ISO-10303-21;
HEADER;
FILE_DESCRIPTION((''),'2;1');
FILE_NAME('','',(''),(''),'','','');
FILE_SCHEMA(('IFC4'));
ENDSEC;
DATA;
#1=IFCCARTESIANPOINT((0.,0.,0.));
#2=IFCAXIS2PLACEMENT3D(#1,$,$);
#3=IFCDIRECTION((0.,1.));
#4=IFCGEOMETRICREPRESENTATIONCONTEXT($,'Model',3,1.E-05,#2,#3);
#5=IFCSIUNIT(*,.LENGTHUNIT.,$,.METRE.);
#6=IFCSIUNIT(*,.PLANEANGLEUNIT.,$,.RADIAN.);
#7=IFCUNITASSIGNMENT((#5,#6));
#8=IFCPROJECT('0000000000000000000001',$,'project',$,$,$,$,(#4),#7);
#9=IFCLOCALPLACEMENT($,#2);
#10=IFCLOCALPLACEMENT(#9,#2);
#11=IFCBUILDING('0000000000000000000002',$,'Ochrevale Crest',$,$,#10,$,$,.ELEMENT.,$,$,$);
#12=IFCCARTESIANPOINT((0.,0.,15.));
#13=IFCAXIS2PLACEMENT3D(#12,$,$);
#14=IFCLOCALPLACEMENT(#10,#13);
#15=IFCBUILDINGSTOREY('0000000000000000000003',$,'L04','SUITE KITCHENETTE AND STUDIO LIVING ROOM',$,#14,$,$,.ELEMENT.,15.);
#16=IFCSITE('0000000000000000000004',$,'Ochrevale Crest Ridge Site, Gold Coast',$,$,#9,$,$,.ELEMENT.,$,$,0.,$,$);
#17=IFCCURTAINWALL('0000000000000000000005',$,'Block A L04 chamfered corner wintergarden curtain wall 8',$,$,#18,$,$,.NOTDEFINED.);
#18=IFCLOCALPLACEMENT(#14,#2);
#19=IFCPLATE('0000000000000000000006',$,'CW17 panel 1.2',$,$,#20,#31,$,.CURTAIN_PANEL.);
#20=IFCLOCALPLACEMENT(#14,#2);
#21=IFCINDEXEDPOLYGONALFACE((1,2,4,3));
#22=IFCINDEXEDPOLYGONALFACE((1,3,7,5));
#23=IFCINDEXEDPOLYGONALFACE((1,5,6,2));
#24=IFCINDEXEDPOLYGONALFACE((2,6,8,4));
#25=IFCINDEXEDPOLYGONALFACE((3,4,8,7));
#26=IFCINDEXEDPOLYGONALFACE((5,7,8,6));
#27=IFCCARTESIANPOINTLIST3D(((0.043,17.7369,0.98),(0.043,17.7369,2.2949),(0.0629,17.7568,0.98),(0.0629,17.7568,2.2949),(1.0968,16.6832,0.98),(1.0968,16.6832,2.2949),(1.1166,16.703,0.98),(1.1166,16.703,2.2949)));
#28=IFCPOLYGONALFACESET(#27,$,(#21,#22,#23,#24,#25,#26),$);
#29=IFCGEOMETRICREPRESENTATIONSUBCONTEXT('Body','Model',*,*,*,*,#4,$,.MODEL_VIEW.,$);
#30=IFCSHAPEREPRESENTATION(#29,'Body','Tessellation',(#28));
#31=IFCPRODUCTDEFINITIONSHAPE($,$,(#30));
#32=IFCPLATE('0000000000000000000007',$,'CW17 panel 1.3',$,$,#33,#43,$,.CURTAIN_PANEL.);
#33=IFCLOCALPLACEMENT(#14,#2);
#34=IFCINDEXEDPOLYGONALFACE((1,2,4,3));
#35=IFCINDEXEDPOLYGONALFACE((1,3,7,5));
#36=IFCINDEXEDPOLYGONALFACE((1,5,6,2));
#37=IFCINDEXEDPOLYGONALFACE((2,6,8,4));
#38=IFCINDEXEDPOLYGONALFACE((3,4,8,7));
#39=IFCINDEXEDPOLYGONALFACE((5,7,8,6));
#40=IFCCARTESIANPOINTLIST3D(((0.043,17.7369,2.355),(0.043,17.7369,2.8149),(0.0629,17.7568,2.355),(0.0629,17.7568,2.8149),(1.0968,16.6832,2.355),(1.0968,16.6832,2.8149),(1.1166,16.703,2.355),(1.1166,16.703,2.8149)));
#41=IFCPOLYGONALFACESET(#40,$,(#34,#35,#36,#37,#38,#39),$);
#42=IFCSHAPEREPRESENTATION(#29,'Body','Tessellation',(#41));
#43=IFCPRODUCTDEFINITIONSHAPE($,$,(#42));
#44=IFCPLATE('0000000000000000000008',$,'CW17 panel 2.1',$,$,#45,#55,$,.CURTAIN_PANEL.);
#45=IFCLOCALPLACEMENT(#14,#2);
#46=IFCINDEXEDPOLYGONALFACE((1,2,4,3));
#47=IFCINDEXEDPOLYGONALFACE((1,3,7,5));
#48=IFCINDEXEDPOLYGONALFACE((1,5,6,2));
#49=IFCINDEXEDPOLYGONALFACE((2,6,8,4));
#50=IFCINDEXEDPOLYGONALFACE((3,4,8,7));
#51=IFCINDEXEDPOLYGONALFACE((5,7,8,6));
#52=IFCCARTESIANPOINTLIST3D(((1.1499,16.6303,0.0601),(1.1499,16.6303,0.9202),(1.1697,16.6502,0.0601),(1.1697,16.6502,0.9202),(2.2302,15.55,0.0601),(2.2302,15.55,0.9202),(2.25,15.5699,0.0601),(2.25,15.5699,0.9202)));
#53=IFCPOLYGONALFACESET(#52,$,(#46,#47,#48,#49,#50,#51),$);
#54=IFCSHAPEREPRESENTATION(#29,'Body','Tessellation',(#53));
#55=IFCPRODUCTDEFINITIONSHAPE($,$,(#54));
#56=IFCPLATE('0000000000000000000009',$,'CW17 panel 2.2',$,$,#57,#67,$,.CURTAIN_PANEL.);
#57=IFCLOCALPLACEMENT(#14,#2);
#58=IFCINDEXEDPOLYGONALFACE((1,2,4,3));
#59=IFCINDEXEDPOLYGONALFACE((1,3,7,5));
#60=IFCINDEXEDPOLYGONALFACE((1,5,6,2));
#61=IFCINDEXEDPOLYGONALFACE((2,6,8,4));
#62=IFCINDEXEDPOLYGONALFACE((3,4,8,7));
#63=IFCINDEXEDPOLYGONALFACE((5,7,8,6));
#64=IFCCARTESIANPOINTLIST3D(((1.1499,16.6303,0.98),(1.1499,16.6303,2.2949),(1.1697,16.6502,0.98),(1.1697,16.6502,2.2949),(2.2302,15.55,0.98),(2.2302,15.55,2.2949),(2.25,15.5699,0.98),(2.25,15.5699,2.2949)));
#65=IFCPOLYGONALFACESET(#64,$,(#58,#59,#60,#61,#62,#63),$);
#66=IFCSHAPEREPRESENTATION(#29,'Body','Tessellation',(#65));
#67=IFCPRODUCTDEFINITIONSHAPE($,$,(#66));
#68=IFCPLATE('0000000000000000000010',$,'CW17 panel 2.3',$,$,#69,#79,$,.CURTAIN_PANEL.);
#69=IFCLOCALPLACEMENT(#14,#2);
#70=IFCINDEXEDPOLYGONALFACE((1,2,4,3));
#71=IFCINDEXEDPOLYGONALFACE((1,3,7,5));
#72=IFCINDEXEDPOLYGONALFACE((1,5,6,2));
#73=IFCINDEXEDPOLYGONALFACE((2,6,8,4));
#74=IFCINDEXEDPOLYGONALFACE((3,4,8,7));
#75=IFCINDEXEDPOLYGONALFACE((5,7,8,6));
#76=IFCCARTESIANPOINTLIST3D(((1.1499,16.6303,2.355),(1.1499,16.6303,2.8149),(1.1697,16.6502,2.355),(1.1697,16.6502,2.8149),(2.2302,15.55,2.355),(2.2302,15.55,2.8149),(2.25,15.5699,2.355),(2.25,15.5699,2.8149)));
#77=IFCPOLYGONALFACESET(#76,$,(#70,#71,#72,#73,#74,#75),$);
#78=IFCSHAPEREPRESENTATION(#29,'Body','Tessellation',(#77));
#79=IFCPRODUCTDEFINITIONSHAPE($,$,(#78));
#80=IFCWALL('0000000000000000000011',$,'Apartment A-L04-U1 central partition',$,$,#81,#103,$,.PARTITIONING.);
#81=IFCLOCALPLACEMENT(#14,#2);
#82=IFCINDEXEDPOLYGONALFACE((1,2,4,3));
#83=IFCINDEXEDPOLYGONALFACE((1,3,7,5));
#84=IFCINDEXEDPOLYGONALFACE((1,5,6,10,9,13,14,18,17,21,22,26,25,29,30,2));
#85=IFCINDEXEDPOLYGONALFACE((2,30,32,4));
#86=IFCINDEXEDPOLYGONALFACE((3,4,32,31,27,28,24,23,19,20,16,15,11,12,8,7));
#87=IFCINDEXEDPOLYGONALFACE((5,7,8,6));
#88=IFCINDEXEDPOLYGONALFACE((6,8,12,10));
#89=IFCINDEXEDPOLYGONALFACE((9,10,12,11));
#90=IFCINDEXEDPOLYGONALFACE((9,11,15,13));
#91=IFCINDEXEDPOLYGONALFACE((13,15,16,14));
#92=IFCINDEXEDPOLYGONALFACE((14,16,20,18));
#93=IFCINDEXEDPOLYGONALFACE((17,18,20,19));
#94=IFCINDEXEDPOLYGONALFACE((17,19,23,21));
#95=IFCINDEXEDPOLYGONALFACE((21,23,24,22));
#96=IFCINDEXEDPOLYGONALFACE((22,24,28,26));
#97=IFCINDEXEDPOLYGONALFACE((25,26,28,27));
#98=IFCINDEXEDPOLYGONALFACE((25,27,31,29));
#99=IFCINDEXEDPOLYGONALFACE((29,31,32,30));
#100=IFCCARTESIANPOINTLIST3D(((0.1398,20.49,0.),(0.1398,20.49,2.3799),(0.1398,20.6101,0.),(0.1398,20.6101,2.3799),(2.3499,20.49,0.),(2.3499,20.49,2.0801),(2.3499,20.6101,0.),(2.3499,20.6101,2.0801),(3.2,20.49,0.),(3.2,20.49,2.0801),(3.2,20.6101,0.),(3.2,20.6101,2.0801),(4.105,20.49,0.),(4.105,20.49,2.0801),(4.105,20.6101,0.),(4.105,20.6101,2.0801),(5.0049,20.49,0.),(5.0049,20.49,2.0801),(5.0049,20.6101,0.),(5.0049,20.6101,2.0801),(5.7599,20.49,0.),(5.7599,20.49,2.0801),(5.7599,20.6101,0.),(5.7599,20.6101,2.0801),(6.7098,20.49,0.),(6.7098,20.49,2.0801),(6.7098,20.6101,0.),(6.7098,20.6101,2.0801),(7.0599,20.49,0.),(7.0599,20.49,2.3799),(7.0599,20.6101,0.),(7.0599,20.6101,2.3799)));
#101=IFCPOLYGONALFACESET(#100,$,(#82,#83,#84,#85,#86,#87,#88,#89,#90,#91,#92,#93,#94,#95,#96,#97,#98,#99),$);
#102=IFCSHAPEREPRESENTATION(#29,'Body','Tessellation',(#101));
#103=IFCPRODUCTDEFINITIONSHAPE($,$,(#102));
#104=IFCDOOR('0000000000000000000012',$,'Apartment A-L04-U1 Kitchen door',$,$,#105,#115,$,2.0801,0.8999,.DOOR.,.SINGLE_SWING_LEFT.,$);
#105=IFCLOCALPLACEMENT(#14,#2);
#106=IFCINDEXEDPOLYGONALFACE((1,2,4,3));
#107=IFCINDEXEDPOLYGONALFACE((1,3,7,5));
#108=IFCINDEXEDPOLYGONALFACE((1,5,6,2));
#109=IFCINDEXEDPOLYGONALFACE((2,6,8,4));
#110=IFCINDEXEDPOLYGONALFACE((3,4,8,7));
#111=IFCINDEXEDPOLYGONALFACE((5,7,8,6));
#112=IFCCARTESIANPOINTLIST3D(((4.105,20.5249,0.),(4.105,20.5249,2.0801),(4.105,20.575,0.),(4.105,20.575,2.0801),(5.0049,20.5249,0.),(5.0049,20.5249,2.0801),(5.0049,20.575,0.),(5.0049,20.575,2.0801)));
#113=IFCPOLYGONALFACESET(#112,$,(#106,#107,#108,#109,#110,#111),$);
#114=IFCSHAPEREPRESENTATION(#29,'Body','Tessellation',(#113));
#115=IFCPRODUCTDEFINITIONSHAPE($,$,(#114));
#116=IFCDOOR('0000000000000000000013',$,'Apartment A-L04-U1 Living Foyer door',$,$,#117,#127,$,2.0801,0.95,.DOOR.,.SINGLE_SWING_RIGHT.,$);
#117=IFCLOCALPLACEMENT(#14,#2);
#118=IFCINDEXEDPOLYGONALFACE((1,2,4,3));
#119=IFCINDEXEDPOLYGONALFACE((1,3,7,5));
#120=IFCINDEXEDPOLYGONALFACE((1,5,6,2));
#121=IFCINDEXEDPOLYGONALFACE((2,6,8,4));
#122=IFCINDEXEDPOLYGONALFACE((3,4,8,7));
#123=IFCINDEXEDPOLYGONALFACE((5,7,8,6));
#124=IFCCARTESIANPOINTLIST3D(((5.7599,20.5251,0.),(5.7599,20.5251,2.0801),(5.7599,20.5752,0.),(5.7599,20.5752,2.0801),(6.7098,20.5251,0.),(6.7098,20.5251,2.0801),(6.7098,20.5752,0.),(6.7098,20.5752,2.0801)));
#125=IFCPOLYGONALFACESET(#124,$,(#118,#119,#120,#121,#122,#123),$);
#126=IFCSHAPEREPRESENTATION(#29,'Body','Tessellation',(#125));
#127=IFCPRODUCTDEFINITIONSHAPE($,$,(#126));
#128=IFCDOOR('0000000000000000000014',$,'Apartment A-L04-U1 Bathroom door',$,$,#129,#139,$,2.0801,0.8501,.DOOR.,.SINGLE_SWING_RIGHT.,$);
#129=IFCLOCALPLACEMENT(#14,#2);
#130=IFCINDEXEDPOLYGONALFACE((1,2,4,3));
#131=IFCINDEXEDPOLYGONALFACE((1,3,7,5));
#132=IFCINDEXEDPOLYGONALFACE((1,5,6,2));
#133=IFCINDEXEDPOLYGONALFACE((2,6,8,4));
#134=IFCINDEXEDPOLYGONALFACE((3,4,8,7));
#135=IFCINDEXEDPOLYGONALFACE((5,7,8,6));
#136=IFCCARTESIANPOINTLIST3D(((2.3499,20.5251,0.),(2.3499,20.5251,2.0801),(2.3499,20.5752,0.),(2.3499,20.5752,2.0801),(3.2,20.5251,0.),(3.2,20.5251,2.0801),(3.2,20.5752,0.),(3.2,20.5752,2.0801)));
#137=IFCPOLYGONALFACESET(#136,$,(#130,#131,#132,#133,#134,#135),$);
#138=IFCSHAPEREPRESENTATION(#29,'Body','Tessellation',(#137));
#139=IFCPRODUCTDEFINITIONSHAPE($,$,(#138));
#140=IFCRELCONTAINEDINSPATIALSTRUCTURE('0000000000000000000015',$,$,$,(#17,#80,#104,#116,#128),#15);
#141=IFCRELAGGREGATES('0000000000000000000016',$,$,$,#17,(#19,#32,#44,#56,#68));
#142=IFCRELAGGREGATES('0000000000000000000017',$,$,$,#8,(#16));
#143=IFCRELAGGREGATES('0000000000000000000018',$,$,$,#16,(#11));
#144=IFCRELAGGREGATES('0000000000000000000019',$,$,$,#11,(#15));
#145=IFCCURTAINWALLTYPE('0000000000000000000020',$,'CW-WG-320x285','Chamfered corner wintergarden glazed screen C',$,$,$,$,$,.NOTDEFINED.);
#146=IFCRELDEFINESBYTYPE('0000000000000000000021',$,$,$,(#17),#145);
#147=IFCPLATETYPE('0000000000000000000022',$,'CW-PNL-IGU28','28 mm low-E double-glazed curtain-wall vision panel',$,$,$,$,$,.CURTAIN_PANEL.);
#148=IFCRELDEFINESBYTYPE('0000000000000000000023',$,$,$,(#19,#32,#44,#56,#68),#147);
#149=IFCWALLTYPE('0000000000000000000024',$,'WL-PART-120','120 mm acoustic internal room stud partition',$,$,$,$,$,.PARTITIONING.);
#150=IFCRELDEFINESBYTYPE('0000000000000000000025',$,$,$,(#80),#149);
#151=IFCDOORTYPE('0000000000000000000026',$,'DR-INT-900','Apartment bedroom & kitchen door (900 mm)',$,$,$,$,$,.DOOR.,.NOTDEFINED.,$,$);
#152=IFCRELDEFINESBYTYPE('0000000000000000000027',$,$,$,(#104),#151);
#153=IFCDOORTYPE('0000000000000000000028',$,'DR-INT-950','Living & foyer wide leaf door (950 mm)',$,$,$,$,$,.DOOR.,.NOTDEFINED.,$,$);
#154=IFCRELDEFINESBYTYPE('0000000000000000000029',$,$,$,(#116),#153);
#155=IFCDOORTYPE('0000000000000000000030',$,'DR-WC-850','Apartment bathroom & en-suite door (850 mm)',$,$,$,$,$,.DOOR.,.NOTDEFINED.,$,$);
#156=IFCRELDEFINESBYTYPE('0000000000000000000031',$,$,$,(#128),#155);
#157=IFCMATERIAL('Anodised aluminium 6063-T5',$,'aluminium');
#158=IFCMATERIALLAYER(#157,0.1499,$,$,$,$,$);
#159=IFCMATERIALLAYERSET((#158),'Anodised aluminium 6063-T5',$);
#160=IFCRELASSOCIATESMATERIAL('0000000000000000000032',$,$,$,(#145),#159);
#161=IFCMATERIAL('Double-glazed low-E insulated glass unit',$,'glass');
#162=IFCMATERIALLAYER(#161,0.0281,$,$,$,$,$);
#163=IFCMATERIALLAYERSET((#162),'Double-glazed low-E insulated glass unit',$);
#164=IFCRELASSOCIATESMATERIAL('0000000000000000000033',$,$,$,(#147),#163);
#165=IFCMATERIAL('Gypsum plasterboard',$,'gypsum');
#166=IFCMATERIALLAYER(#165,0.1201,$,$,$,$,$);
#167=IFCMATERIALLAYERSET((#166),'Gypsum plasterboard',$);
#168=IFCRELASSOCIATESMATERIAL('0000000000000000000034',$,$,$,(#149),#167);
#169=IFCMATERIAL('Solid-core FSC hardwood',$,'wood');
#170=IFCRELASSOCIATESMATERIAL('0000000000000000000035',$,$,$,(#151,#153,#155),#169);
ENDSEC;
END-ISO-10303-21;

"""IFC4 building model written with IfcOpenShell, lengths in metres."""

from ifc_helpers import new_model, si_unit, direction, frame, frame_2d, origin, origin_2d, place, context, subcontext, project, spatial, rectangle, extrude, material, layer, layer_set, type_object, element, fill, aggregate, save


model = new_model("IFC4")

# Units and contexts
model_context = context("Model", 3, precision=1e-05, world=origin(), true_north=direction((0.0, 1.0)))
body_context = subcontext(model_context, "Body", "Model", "MODEL_VIEW")
ifc_project = project(units=[si_unit("LENGTHUNIT", "METRE"), si_unit("PLANEANGLEUNIT", "RADIAN")], contexts=[model_context])

# Site, building, storey
site_placement = place(None, origin())
site = spatial("IfcSite", under=ifc_project, at=site_placement, Name="Ochrevale Crest Ridge Site, Gold Coast", CompositionType="ELEMENT", RefElevation=0.0)
building_placement = place(site_placement, origin())
building = spatial("IfcBuilding", under=site, at=building_placement, Name="Ochrevale Crest", CompositionType="ELEMENT")
storey_placement = place(building_placement, frame((0.0, 0.0, 15.0)))
storey = spatial("IfcBuildingStorey", under=building, at=storey_placement, Name="L04", Description="SUITE KITCHENETTE AND STUDIO LIVING ROOM", CompositionType="ELEMENT", Elevation=15.0)

# Curtain wall, plates
ifc_material_1 = material(Name="Anodised aluminium 6063-T5", Category="aluminium")
ifc_layer_1 = layer(ifc_material_1, 0.1499)
ifc_layer_set_1 = layer_set([ifc_layer_1], Name="Anodised aluminium 6063-T5")
curtain_wall_type = type_object("IfcCurtainWallType", Name="CW-WG-320x285", Description="Chamfered corner wintergarden glazed screen C", PredefinedType="NOTDEFINED", material=ifc_layer_set_1)
curtain_wall_placement = place(storey_placement, origin())
curtain_wall = element("IfcCurtainWall", 1, at=curtain_wall_placement, inside=storey, type_object=curtain_wall_type, Name="Block A L04 chamfered corner wintergarden curtain wall 8", PredefinedType="NOTDEFINED")
ifc_material_2 = material(Name="Double-glazed low-E insulated glass unit", Category="glass")
ifc_layer_2 = layer(ifc_material_2, 0.0281)
ifc_layer_set_2 = layer_set([ifc_layer_2], Name="Double-glazed low-E insulated glass unit")
plate_type = type_object("IfcPlateType", Name="CW-PNL-IGU28", Description="28 mm low-E double-glazed curtain-wall vision panel", PredefinedType="CURTAIN_PANEL", material=ifc_layer_set_2)
plate_1_placement = place(storey_placement, frame((0.5798, 17.22, 0.98), z_axis=(0.0, 0.0, 1.0), x_axis=(0.707107, -0.707107, 0.0)))
plate_1 = element("IfcPlate", 2, at=plate_1_placement, type_object=plate_type, Name="CW17 panel 1.2", PredefinedType="CURTAIN_PANEL", context=body_context, shape_type="SweptSolid", body=[
    extrude(rectangle(XDim=1.4902, YDim=0.0281, at=origin_2d()), origin(), (0.0, 0.0, 1.0), 1.3149),
])
plate_2_placement = place(storey_placement, frame((0.5798, 17.22, 2.355), z_axis=(0.0, 0.0, 1.0), x_axis=(0.707107, -0.707107, 0.0)))
plate_2 = element("IfcPlate", 3, at=plate_2_placement, type_object=plate_type, Name="CW17 panel 1.3", PredefinedType="CURTAIN_PANEL", context=body_context, shape_type="SweptSolid", body=[
    extrude(rectangle(XDim=1.4902, YDim=0.0281, at=origin_2d()), origin(), (0.0, 0.0, 1.0), 0.46),
])
plate_3_placement = place(storey_placement, frame((1.7, 16.1001, 0.0601), z_axis=(0.0, 0.0, 1.0), x_axis=(0.707107, -0.707107, 0.0)))
plate_3 = element("IfcPlate", 4, at=plate_3_placement, type_object=plate_type, Name="CW17 panel 2.1", PredefinedType="CURTAIN_PANEL", context=body_context, shape_type="SweptSolid", body=[
    extrude(rectangle(XDim=1.5278, YDim=0.0281, at=origin_2d()), origin(), (0.0, 0.0, 1.0), 0.8601),
])
plate_4_placement = place(storey_placement, frame((1.7, 16.1001, 0.98), z_axis=(0.0, 0.0, 1.0), x_axis=(0.707107, -0.707107, 0.0)))
plate_4 = element("IfcPlate", 5, at=plate_4_placement, type_object=plate_type, Name="CW17 panel 2.2", PredefinedType="CURTAIN_PANEL", context=body_context, shape_type="SweptSolid", body=[
    extrude(rectangle(XDim=1.5278, YDim=0.0281, at=origin_2d()), origin(), (0.0, 0.0, 1.0), 1.3149),
])
plate_5_placement = place(storey_placement, frame((1.7, 16.1001, 2.355), z_axis=(0.0, 0.0, 1.0), x_axis=(0.707107, -0.707107, 0.0)))
plate_5 = element("IfcPlate", 6, at=plate_5_placement, type_object=plate_type, Name="CW17 panel 2.3", PredefinedType="CURTAIN_PANEL", context=body_context, shape_type="SweptSolid", body=[
    extrude(rectangle(XDim=1.5278, YDim=0.0281, at=origin_2d()), origin(), (0.0, 0.0, 1.0), 0.46),
])
aggregate(curtain_wall, [plate_1, plate_2, plate_3, plate_4, plate_5])

# Wall, openings, doors
ifc_material_3 = material(Name="Gypsum plasterboard", Category="gypsum")
ifc_layer_3 = layer(ifc_material_3, 0.1201)
ifc_layer_set_3 = layer_set([ifc_layer_3], Name="Gypsum plasterboard")
wall_type = type_object("IfcWallType", Name="WL-PART-120", Description="120 mm acoustic internal room stud partition", PredefinedType="PARTITIONING", material=ifc_layer_set_3)
wall_placement = place(storey_placement, frame((0.1399, 20.55, 0.0), z_axis=(0.0, 0.0, 1.0), x_axis=(1.0, 0.0, 0.0)))
wall = element("IfcWall", 7, at=wall_placement, inside=storey, type_object=wall_type, Name="Apartment A-L04-U1 central partition", PredefinedType="PARTITIONING", context=body_context, shape_type="SweptSolid", body=[
    extrude(rectangle(XDim=6.9202, YDim=0.1201, at=frame_2d((3.46, 0.0))), origin(), (0.0, 0.0, 1.0), 2.3799),
])
opening_1_placement = place(wall_placement, frame((3.0601, 0.0, 0.0), z_axis=(0.0, 0.0, 1.0), x_axis=(-1.0, 0.0, 0.0)))
opening_1 = element("IfcOpeningElement", 8, at=opening_1_placement, cuts=wall, PredefinedType="OPENING", context=body_context, shape_type="SweptSolid", body=[
    extrude(rectangle(XDim=0.8501, YDim=2.0801, at=frame_2d((0.425, 1.04))), frame((0.0, 0.0701, 0.0), z_axis=(0.0, -1.0, 0.0), x_axis=(1.0, 0.0, 0.0)), (0.0, 0.0, 1.0), 0.1401),
])
opening_2_placement = place(wall_placement, frame((3.9651, 0.0, 0.0)))
opening_2 = element("IfcOpeningElement", 9, at=opening_2_placement, cuts=wall, PredefinedType="OPENING", context=body_context, shape_type="SweptSolid", body=[
    extrude(rectangle(XDim=0.8999, YDim=2.0801, at=frame_2d((0.45, 1.04))), frame((0.0, 0.0701, 0.0), z_axis=(0.0, -1.0, 0.0), x_axis=(1.0, 0.0, 0.0)), (0.0, 0.0, 1.0), 0.1401),
])
opening_3_placement = place(wall_placement, frame((6.5701, 0.0, 0.0), z_axis=(0.0, 0.0, 1.0), x_axis=(-1.0, 0.0, 0.0)))
opening_3 = element("IfcOpeningElement", 10, at=opening_3_placement, cuts=wall, PredefinedType="OPENING", context=body_context, shape_type="SweptSolid", body=[
    extrude(rectangle(XDim=0.95, YDim=2.0801, at=frame_2d((0.4751, 1.04))), frame((0.0, 0.0701, 0.0), z_axis=(0.0, -1.0, 0.0), x_axis=(1.0, 0.0, 0.0)), (0.0, 0.0, 1.0), 0.1401),
])
ifc_material_4 = material(Name="Solid-core FSC hardwood", Category="wood")
door_type_1 = type_object("IfcDoorType", Name="DR-INT-900", Description="Apartment bedroom & kitchen door (900 mm)", OperationType="NOTDEFINED", PredefinedType="DOOR", material=ifc_material_4)
door_1_placement = place(opening_2_placement, origin())
door_1 = element("IfcDoor", 11, at=door_1_placement, inside=storey, type_object=door_type_1, Name="Apartment A-L04-U1 Kitchen door", OperationType="SINGLE_SWING_LEFT", OverallHeight=2.0801, OverallWidth=0.8999, PredefinedType="DOOR", context=body_context, shape_type="SweptSolid", body=[
    extrude(rectangle(XDim=0.8999, YDim=2.0801, at=frame_2d((0.45, 1.04))), frame((0.0, 0.0249, 0.0), z_axis=(0.0, -1.0, 0.0), x_axis=(1.0, 0.0, 0.0)), (0.0, 0.0, 1.0), 0.05),
])
fill(opening_2, door_1)
door_type_2 = type_object("IfcDoorType", Name="DR-INT-950", Description="Living & foyer wide leaf door (950 mm)", OperationType="NOTDEFINED", PredefinedType="DOOR", material=ifc_material_4)
door_2_placement = place(opening_3_placement, origin())
door_2 = element("IfcDoor", 12, at=door_2_placement, inside=storey, type_object=door_type_2, Name="Apartment A-L04-U1 Living Foyer door", OperationType="SINGLE_SWING_RIGHT", OverallHeight=2.0801, OverallWidth=0.95, PredefinedType="DOOR", context=body_context, shape_type="SweptSolid", body=[
    extrude(rectangle(XDim=0.95, YDim=2.0801, at=frame_2d((0.4751, 1.04))), frame((0.0, 0.0249, 0.0), z_axis=(0.0, -1.0, 0.0), x_axis=(1.0, 0.0, 0.0)), (0.0, 0.0, 1.0), 0.05),
])
fill(opening_3, door_2)
door_type_3 = type_object("IfcDoorType", Name="DR-WC-850", Description="Apartment bathroom & en-suite door (850 mm)", OperationType="NOTDEFINED", PredefinedType="DOOR", material=ifc_material_4)
door_3_placement = place(opening_1_placement, origin())
door_3 = element("IfcDoor", 13, at=door_3_placement, inside=storey, type_object=door_type_3, Name="Apartment A-L04-U1 Bathroom door", OperationType="SINGLE_SWING_RIGHT", OverallHeight=2.0801, OverallWidth=0.8501, PredefinedType="DOOR", context=body_context, shape_type="SweptSolid", body=[
    extrude(rectangle(XDim=0.8501, YDim=2.0801, at=frame_2d((0.425, 1.04))), frame((0.0, 0.0249, 0.0), z_axis=(0.0, -1.0, 0.0), x_axis=(1.0, 0.0, 0.0)), (0.0, 0.0, 1.0), 0.05),
])
fill(opening_1, door_3)

save(model, "model.ifc")
